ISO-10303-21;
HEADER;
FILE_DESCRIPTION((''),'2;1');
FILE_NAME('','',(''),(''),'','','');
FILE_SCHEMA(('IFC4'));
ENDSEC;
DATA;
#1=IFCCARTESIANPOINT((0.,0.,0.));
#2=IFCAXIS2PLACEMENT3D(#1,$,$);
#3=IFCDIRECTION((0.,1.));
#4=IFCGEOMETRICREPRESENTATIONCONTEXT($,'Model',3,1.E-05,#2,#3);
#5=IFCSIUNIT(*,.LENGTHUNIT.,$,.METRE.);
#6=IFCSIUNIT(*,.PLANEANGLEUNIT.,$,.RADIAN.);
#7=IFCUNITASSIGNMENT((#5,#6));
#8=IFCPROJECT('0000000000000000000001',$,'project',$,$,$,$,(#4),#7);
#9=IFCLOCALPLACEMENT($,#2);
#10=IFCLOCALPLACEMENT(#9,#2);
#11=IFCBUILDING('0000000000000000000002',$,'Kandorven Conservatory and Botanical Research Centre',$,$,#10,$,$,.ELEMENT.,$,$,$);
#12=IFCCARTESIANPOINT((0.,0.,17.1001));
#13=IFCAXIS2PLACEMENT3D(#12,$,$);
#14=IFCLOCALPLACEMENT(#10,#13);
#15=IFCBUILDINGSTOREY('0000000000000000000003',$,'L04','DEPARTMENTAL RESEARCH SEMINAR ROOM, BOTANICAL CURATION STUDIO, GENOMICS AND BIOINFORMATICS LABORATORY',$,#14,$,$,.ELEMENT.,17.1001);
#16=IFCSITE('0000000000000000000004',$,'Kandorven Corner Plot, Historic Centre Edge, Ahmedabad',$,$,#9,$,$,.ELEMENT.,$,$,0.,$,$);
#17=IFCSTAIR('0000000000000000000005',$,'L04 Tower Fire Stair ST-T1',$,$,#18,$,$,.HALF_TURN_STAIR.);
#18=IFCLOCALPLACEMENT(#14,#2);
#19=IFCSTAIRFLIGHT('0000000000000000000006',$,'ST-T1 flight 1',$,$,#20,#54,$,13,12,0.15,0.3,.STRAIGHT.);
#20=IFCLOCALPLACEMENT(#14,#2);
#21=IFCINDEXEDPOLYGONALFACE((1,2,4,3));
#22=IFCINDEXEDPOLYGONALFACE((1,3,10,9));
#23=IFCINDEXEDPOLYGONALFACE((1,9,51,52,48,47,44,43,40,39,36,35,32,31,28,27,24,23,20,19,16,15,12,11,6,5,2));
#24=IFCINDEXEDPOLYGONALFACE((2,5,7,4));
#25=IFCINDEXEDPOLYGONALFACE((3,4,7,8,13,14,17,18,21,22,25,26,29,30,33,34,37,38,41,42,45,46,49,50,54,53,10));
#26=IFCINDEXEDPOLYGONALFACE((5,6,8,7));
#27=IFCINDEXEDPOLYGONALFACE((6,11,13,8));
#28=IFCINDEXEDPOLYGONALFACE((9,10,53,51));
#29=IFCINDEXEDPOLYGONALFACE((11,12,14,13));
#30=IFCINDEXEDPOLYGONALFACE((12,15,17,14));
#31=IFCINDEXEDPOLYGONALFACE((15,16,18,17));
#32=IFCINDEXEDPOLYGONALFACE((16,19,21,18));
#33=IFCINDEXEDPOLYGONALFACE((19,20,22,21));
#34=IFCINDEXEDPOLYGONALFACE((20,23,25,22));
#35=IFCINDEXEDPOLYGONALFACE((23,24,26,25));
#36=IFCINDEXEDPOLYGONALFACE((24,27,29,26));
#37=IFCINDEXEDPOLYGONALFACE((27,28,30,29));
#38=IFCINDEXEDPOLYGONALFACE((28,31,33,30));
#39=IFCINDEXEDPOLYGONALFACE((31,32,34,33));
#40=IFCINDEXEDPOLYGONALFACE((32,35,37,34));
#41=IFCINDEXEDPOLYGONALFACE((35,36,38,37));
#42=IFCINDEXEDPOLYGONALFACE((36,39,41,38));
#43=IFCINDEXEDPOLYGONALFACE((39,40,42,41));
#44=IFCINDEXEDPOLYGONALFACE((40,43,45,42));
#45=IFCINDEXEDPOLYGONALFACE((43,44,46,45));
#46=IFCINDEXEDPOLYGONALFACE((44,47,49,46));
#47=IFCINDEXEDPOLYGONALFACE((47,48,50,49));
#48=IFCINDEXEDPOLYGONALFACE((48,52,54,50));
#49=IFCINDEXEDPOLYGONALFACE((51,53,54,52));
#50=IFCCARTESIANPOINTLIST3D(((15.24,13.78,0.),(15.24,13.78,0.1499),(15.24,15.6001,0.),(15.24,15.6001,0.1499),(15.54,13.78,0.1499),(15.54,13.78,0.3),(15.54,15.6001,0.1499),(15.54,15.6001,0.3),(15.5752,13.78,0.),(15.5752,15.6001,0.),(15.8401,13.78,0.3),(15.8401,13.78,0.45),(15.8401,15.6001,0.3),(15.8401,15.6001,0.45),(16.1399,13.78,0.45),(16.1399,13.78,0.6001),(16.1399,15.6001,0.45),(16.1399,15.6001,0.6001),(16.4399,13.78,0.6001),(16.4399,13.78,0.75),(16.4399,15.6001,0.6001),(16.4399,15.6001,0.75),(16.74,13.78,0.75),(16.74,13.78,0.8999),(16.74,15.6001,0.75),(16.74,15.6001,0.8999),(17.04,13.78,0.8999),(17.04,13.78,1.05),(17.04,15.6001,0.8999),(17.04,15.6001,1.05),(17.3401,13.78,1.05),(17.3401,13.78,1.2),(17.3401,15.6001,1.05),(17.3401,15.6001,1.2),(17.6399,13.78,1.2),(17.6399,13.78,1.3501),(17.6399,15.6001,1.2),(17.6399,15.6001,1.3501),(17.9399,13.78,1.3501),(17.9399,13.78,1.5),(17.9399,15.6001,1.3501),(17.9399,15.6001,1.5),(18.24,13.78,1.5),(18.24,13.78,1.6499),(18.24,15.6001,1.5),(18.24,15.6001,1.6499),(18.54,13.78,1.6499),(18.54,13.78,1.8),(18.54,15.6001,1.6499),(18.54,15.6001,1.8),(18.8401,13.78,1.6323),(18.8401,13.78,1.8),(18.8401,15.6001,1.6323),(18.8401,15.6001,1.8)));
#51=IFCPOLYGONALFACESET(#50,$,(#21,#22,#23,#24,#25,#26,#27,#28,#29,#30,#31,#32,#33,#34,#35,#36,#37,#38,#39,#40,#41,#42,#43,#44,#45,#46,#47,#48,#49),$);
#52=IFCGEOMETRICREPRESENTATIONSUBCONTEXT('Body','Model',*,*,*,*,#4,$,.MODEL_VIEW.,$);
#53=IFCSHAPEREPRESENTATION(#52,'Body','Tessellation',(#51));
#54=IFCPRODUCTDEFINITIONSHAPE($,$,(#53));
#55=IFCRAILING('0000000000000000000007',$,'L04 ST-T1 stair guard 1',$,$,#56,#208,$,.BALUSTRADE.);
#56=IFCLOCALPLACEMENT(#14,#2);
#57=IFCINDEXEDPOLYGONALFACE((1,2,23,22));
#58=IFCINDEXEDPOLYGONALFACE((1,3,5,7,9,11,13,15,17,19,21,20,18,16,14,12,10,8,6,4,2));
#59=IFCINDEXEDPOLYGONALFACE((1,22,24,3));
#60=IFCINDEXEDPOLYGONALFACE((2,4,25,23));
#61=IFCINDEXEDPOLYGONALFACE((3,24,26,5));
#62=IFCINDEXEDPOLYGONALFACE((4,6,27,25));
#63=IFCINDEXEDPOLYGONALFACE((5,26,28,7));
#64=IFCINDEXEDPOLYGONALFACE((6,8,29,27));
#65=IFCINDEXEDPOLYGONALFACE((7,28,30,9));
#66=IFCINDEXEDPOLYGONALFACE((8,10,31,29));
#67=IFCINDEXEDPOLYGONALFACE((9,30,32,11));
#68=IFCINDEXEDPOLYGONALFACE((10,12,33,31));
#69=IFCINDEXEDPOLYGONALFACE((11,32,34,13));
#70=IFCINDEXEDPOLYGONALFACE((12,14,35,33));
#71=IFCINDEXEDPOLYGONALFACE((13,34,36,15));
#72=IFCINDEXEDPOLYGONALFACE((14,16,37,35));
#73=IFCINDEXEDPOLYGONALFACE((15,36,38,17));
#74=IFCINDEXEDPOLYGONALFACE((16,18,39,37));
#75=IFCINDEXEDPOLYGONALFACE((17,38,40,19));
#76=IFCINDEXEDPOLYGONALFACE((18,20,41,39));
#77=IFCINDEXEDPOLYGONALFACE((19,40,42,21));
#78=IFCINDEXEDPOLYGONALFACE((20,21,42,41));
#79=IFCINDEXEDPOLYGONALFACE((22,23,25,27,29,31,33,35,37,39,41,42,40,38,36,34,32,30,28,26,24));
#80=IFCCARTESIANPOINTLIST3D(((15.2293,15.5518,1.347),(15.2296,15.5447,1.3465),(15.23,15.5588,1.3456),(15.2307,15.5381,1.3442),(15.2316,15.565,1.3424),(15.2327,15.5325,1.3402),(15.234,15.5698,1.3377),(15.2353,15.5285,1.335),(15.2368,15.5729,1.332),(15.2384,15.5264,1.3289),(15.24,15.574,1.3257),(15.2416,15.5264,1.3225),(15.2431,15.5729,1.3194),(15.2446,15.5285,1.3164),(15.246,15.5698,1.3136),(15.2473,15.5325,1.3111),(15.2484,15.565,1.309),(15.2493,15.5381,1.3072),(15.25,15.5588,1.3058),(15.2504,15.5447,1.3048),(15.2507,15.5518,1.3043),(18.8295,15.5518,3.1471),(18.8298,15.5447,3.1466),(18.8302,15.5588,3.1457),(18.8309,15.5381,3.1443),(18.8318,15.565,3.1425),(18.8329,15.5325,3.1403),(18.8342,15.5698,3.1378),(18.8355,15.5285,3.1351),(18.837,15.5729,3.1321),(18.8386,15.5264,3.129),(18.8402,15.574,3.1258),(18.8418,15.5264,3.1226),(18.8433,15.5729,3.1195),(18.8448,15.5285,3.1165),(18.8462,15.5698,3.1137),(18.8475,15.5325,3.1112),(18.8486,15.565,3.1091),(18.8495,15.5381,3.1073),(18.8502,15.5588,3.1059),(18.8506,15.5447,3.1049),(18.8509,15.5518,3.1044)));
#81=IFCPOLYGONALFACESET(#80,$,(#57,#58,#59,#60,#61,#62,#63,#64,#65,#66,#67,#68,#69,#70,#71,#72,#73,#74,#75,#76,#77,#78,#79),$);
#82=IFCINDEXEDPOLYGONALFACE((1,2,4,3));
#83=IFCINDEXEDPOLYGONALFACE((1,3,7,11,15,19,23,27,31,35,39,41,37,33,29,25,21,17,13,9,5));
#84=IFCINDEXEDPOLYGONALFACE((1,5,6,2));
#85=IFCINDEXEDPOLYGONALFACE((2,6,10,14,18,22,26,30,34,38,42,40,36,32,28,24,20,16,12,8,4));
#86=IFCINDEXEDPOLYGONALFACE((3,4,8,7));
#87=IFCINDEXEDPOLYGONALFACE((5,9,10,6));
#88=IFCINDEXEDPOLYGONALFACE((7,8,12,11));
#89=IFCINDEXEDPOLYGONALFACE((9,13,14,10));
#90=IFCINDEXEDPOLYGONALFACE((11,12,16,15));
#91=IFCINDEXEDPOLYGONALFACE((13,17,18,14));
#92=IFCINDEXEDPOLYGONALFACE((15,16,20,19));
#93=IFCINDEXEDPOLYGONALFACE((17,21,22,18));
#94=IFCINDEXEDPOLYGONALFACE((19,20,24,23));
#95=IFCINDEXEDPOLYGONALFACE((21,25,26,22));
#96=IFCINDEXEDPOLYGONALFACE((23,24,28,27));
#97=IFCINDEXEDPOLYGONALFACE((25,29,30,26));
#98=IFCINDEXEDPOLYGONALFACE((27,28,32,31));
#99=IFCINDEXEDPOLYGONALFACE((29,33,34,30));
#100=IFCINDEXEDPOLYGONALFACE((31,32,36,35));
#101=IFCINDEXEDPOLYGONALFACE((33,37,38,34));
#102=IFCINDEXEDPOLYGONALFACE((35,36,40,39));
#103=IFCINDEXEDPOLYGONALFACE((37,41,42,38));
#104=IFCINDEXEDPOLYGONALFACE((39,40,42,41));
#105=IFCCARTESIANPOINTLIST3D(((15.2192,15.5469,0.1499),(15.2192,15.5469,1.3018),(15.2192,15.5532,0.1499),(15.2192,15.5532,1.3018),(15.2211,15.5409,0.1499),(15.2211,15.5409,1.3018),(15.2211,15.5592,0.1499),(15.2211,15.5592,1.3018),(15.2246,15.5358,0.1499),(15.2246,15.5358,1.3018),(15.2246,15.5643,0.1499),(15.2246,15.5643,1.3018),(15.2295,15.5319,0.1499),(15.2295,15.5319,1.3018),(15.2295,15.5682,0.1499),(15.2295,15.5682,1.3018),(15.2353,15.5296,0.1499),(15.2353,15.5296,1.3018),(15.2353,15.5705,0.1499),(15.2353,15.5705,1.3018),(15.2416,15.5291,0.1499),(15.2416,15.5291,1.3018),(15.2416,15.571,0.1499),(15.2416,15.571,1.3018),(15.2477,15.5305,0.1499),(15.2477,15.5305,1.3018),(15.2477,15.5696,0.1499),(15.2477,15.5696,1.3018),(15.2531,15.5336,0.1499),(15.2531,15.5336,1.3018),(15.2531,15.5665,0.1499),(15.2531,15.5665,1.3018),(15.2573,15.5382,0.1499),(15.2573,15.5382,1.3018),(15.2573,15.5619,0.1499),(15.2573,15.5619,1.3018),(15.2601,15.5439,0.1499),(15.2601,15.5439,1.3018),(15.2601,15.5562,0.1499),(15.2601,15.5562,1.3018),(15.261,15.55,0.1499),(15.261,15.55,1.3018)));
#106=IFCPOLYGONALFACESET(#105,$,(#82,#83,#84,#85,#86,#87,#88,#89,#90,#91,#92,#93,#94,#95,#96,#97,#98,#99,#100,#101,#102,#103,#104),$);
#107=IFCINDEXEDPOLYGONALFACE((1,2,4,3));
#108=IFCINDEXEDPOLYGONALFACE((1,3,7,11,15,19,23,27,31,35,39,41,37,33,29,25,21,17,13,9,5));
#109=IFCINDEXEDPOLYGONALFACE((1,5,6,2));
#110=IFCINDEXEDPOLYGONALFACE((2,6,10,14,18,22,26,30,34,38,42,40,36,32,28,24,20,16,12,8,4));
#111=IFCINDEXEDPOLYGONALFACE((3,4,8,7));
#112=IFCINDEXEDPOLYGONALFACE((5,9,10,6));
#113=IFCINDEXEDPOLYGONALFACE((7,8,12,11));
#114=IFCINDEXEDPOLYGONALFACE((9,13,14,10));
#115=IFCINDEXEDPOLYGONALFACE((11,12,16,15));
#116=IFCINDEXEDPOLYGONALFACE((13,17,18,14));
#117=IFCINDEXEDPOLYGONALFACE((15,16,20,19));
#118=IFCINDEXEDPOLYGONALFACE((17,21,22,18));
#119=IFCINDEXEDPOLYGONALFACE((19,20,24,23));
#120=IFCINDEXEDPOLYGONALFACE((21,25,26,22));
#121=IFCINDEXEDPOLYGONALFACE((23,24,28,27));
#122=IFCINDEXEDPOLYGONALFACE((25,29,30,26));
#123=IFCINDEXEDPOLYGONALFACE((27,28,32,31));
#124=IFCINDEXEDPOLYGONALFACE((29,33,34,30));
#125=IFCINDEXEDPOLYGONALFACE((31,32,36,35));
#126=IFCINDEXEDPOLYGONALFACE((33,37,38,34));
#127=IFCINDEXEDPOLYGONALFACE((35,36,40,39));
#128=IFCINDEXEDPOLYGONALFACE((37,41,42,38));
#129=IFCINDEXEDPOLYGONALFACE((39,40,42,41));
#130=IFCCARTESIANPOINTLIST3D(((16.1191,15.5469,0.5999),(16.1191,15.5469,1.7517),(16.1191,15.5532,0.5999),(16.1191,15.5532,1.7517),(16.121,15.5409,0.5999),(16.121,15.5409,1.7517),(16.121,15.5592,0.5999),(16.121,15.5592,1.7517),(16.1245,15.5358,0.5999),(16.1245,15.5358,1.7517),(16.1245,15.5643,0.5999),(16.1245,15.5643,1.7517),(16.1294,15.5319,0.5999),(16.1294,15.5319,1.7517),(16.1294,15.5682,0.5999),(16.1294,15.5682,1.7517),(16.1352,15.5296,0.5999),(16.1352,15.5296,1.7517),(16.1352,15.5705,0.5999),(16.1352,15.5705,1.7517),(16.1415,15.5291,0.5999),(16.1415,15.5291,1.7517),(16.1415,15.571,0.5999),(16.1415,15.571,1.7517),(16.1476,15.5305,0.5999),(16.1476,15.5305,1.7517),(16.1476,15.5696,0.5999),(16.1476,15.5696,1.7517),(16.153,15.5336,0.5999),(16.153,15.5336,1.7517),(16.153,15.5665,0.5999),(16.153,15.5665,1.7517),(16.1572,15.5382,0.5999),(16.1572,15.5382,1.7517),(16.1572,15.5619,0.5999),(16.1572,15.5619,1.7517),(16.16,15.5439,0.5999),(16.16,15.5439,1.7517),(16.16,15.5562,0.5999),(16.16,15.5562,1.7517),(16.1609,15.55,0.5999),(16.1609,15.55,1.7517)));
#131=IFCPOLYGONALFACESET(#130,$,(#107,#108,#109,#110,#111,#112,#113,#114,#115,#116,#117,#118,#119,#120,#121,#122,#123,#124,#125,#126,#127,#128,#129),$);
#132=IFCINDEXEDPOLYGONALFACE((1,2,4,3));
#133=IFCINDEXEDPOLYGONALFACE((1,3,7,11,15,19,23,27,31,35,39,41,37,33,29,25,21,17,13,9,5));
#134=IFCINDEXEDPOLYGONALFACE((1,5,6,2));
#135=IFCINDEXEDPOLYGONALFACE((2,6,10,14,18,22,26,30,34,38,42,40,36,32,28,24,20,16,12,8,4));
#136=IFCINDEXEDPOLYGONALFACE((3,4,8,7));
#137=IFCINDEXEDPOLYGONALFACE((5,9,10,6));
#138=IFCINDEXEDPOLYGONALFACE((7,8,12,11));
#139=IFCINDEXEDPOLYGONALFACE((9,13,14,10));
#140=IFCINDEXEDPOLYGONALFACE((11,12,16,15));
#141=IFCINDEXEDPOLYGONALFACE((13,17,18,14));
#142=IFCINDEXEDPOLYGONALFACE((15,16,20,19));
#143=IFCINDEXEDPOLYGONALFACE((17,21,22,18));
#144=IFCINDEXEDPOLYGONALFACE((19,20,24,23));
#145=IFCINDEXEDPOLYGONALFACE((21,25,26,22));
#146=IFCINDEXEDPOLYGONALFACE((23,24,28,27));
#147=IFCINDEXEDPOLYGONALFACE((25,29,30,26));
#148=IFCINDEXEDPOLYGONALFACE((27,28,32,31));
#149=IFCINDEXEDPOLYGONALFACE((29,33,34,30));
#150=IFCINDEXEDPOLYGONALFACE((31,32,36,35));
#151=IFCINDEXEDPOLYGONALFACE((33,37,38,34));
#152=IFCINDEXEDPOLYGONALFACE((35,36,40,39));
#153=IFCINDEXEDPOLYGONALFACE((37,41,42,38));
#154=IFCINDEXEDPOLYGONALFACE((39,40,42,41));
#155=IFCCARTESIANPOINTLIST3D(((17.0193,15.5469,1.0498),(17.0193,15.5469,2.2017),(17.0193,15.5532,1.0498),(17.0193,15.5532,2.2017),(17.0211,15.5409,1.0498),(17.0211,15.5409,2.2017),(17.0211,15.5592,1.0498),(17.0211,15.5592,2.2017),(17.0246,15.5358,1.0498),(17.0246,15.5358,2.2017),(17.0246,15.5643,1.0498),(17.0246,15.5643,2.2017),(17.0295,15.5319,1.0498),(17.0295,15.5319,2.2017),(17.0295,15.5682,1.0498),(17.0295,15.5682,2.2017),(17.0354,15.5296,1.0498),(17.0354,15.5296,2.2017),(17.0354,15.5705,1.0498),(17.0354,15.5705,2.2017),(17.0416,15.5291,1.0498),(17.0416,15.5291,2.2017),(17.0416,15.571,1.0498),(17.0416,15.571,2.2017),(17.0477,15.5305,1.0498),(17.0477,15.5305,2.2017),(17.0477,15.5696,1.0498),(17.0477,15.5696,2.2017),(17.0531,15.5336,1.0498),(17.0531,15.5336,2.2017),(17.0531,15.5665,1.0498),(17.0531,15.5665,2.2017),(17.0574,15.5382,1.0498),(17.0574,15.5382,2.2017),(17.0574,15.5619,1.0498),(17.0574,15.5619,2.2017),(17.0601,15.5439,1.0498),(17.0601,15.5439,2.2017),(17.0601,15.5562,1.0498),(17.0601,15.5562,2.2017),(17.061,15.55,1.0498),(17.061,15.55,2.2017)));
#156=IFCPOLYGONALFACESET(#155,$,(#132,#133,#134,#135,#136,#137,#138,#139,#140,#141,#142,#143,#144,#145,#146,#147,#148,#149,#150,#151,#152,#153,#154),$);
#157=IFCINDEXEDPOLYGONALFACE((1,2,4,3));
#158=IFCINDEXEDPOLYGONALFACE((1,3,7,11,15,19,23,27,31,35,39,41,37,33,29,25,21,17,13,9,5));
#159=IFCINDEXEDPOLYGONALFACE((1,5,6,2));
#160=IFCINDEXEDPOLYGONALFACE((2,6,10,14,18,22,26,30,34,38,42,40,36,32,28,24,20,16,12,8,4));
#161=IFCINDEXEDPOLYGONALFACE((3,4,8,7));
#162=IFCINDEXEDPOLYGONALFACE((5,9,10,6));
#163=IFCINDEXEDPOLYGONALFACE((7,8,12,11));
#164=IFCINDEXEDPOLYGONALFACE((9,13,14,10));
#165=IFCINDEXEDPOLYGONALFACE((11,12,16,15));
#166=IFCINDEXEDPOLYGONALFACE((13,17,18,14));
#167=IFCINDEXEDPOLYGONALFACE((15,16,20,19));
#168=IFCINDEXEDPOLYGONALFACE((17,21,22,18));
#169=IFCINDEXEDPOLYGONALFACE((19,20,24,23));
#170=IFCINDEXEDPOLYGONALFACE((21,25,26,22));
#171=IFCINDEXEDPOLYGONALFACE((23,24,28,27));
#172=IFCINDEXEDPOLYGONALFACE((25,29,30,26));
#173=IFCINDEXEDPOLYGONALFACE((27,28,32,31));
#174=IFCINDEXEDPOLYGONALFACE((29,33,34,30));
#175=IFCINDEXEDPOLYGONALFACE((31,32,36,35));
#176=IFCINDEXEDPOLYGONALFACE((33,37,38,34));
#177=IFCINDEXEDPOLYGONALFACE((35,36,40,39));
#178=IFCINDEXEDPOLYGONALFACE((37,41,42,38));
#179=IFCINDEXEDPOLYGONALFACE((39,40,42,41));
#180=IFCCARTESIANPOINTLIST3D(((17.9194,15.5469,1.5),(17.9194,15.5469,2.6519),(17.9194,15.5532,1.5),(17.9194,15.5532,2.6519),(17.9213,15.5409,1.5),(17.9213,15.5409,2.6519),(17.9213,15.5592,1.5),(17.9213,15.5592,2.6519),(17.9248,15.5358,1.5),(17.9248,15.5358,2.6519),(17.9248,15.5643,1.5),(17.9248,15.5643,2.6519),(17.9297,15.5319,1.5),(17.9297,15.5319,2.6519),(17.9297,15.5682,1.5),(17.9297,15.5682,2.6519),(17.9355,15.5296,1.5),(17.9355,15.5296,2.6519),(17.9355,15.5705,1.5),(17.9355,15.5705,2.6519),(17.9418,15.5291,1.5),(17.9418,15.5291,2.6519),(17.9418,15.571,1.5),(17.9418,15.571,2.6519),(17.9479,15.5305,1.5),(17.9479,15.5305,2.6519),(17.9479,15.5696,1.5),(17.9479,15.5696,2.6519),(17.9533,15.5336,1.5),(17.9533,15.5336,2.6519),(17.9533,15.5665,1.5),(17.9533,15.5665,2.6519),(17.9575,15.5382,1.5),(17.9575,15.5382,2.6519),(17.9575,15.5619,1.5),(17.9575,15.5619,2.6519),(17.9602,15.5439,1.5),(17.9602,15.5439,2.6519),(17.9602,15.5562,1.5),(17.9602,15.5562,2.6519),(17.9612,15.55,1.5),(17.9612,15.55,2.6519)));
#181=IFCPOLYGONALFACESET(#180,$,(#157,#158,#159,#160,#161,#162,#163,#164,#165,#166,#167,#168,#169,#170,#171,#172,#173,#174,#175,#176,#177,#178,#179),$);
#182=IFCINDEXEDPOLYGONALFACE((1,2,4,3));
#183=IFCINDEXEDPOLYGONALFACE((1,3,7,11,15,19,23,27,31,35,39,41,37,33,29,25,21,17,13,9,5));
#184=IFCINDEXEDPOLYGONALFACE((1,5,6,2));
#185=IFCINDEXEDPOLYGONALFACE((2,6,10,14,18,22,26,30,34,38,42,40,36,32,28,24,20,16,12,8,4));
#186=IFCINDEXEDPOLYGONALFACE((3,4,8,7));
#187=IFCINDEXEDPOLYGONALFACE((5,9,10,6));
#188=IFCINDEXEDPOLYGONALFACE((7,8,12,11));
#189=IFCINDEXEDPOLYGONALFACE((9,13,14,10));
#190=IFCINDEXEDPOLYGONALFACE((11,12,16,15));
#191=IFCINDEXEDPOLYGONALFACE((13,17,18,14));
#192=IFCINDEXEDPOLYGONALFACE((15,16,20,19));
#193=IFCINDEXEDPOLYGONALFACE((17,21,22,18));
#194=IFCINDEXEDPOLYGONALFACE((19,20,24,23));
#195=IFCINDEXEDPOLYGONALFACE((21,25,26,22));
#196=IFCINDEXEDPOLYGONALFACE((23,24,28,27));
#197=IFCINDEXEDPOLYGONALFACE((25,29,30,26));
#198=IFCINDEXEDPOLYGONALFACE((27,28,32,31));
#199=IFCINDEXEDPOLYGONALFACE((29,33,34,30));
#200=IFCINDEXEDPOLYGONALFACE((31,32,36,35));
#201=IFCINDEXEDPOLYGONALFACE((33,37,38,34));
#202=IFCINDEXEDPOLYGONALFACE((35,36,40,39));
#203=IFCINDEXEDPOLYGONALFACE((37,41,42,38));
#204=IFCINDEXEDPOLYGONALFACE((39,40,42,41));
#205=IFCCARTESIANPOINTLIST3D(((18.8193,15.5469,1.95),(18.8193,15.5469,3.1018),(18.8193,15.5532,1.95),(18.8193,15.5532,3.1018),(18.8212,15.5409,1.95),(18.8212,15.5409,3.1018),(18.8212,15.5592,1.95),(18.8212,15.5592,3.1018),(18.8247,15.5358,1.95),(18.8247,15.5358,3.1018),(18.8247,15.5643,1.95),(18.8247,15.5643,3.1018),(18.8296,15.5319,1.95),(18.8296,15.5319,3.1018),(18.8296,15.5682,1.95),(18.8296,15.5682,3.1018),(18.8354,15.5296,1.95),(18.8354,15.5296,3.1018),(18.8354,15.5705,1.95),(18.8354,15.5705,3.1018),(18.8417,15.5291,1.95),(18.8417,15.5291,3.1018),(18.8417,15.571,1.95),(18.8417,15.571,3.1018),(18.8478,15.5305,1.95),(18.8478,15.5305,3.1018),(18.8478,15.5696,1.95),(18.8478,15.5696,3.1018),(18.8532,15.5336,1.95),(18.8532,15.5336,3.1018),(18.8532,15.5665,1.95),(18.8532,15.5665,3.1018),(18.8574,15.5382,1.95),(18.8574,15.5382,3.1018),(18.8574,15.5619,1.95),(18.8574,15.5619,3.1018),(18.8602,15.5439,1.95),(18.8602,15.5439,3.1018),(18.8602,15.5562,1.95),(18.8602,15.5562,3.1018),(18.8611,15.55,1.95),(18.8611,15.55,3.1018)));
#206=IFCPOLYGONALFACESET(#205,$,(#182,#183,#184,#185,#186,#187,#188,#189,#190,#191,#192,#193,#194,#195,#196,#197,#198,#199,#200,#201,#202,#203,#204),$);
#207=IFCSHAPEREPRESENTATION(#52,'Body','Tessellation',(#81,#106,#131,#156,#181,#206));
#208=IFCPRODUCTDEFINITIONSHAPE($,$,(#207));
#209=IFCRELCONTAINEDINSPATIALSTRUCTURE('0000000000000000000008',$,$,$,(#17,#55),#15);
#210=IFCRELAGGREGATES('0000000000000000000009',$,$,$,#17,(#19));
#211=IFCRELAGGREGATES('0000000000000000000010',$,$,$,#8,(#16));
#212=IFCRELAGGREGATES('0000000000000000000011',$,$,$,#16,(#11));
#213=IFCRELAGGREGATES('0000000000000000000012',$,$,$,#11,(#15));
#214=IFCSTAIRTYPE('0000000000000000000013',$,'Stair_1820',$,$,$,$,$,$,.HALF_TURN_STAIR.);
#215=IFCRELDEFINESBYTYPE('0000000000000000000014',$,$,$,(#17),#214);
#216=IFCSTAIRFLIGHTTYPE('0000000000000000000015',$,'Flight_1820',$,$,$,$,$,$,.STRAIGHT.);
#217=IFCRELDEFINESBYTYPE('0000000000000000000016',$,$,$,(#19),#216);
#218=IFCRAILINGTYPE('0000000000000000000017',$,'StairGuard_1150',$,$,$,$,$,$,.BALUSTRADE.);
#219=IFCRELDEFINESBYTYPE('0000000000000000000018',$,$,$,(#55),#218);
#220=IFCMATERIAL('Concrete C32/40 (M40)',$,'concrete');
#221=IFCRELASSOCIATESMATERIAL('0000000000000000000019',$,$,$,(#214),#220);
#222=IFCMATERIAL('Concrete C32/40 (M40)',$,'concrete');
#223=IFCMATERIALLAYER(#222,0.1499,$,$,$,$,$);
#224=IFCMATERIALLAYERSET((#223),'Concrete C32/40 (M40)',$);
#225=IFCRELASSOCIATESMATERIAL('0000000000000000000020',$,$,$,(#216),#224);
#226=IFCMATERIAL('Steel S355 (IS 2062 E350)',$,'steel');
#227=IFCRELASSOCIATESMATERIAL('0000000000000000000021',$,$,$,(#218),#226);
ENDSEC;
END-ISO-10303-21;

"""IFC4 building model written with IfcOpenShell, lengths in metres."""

from ifc_helpers import new_model, si_unit, direction, frame, origin, origin_2d, place, context, subcontext, project, spatial, polyline, circle, outline, extrude, material, layer, layer_set, type_object, element, aggregate, save


model = new_model("IFC4")

# Units and contexts
model_context = context("Model", 3, precision=1e-05, world=origin(), true_north=direction((0.0, 1.0)))
body_context = subcontext(model_context, "Body", "Model", "MODEL_VIEW")
ifc_project = project(units=[si_unit("LENGTHUNIT", "METRE"), si_unit("PLANEANGLEUNIT", "RADIAN")], contexts=[model_context])

# Site, building, storey
site_placement = place(None, origin())
site = spatial("IfcSite", under=ifc_project, at=site_placement, Name="Kandorven Corner Plot, Historic Centre Edge, Ahmedabad", CompositionType="ELEMENT", RefElevation=0.0)
building_placement = place(site_placement, origin())
building = spatial("IfcBuilding", under=site, at=building_placement, Name="Kandorven Conservatory and Botanical Research Centre", CompositionType="ELEMENT")
storey_placement = place(building_placement, frame((0.0, 0.0, 17.1001)))
storey = spatial("IfcBuildingStorey", under=building, at=storey_placement, Name="L04", Description="DEPARTMENTAL RESEARCH SEMINAR ROOM, BOTANICAL CURATION STUDIO, GENOMICS AND BIOINFORMATICS LABORATORY", CompositionType="ELEMENT", Elevation=17.1001)

# Stair, stair flight
ifc_material_1 = material(Name="Concrete C32/40 (M40)", Category="concrete")
stair_type = type_object("IfcStairType", Name="Stair_1820", PredefinedType="HALF_TURN_STAIR", material=ifc_material_1)
stair_placement = place(storey_placement, origin())
stair = element("IfcStair", 1, at=stair_placement, inside=storey, type_object=stair_type, Name="L04 Tower Fire Stair ST-T1", PredefinedType="HALF_TURN_STAIR")
ifc_material_2 = material(Name="Concrete C32/40 (M40)", Category="concrete")
ifc_layer_1 = layer(ifc_material_2, 0.1499)
ifc_layer_set_1 = layer_set([ifc_layer_1], Name="Concrete C32/40 (M40)")
stair_flight_type = type_object("IfcStairFlightType", Name="Flight_1820", PredefinedType="STRAIGHT", material=ifc_layer_set_1)
stair_flight_placement = place(storey_placement, frame((15.24, 14.6899, 0.0), z_axis=(0.0, 0.0, 1.0), x_axis=(1.0, 0.0, 0.0)))
stair_flight = element("IfcStairFlight", 2, at=stair_flight_placement, type_object=stair_flight_type, Name="ST-T1 flight 1", NumberOfRisers=13, NumberOfTreads=12, PredefinedType="STRAIGHT", RiserHeight=0.15, TreadLength=0.3, context=body_context, shape_type="SweptSolid", body=[
    extrude(outline(polyline([(0.0, 0.0), (0.0, 0.1499), (0.3, 0.1499), (0.3, 0.3), (0.6001, 0.3), (0.6001, 0.45), (0.8999, 0.45), (0.8999, 0.6001), (1.2, 0.6001), (1.2, 0.75), (1.5, 0.75), (1.5, 0.8999), (1.8, 0.8999), (1.8, 1.05), (2.1001, 1.05), (2.1001, 1.2), (2.3999, 1.2), (2.3999, 1.3501), (2.7, 1.3501), (2.7, 1.5), (3.0, 1.5), (3.0, 1.6499), (3.3, 1.6499), (3.3, 1.8), (3.6001, 1.8), (3.6001, 1.95), (3.6001, 1.6323), (0.3352, 0.0), (0.0, 0.0)])), frame((0.0, 0.9102, 0.0), z_axis=(0.0, -1.0, 0.0), x_axis=(1.0, 0.0, 0.0)), (0.0, 0.0, 1.0), 1.8201),
])
aggregate(stair, [stair_flight])

# Railing
ifc_material_3 = material(Name="Steel S355 (IS 2062 E350)", Category="steel")
railing_type_1 = type_object("IfcRailingType", Name="StairGuard_1150", PredefinedType="BALUSTRADE", material=ifc_material_3)
railing_1_placement = place(storey_placement, frame((15.24, 15.55, 0.1499)))
element("IfcRailing", 3, at=railing_1_placement, inside=storey, type_object=railing_type_1, Name="L04 ST-T1 stair guard 1", PredefinedType="BALUSTRADE", context=body_context, shape_type="SweptSolid", body=[
    extrude(circle(Radius=0.0239, at=origin_2d()), frame((0.0, 0.0, 1.1758), z_axis=(0.894427, 0.0, 0.447214), x_axis=(0.0, 1.0, 0.0)), (0.0, 0.0, 1.0), 4.0251),
    extrude(circle(Radius=0.021, at=origin_2d()), origin(), (0.0, 0.0, 1.0), 1.1519),
    extrude(circle(Radius=0.021, at=origin_2d()), frame((0.8999, 0.0, 0.45)), (0.0, 0.0, 1.0), 1.1519),
    extrude(circle(Radius=0.021, at=origin_2d()), frame((1.8, 0.0, 0.8999)), (0.0, 0.0, 1.0), 1.1519),
    extrude(circle(Radius=0.021, at=origin_2d()), frame((2.7002, 0.0, 1.3501)), (0.0, 0.0, 1.0), 1.1519),
    extrude(circle(Radius=0.021, at=origin_2d()), frame((3.6001, 0.0, 1.8)), (0.0, 0.0, 1.0), 1.1519),
])

save(model, "model.ifc")
